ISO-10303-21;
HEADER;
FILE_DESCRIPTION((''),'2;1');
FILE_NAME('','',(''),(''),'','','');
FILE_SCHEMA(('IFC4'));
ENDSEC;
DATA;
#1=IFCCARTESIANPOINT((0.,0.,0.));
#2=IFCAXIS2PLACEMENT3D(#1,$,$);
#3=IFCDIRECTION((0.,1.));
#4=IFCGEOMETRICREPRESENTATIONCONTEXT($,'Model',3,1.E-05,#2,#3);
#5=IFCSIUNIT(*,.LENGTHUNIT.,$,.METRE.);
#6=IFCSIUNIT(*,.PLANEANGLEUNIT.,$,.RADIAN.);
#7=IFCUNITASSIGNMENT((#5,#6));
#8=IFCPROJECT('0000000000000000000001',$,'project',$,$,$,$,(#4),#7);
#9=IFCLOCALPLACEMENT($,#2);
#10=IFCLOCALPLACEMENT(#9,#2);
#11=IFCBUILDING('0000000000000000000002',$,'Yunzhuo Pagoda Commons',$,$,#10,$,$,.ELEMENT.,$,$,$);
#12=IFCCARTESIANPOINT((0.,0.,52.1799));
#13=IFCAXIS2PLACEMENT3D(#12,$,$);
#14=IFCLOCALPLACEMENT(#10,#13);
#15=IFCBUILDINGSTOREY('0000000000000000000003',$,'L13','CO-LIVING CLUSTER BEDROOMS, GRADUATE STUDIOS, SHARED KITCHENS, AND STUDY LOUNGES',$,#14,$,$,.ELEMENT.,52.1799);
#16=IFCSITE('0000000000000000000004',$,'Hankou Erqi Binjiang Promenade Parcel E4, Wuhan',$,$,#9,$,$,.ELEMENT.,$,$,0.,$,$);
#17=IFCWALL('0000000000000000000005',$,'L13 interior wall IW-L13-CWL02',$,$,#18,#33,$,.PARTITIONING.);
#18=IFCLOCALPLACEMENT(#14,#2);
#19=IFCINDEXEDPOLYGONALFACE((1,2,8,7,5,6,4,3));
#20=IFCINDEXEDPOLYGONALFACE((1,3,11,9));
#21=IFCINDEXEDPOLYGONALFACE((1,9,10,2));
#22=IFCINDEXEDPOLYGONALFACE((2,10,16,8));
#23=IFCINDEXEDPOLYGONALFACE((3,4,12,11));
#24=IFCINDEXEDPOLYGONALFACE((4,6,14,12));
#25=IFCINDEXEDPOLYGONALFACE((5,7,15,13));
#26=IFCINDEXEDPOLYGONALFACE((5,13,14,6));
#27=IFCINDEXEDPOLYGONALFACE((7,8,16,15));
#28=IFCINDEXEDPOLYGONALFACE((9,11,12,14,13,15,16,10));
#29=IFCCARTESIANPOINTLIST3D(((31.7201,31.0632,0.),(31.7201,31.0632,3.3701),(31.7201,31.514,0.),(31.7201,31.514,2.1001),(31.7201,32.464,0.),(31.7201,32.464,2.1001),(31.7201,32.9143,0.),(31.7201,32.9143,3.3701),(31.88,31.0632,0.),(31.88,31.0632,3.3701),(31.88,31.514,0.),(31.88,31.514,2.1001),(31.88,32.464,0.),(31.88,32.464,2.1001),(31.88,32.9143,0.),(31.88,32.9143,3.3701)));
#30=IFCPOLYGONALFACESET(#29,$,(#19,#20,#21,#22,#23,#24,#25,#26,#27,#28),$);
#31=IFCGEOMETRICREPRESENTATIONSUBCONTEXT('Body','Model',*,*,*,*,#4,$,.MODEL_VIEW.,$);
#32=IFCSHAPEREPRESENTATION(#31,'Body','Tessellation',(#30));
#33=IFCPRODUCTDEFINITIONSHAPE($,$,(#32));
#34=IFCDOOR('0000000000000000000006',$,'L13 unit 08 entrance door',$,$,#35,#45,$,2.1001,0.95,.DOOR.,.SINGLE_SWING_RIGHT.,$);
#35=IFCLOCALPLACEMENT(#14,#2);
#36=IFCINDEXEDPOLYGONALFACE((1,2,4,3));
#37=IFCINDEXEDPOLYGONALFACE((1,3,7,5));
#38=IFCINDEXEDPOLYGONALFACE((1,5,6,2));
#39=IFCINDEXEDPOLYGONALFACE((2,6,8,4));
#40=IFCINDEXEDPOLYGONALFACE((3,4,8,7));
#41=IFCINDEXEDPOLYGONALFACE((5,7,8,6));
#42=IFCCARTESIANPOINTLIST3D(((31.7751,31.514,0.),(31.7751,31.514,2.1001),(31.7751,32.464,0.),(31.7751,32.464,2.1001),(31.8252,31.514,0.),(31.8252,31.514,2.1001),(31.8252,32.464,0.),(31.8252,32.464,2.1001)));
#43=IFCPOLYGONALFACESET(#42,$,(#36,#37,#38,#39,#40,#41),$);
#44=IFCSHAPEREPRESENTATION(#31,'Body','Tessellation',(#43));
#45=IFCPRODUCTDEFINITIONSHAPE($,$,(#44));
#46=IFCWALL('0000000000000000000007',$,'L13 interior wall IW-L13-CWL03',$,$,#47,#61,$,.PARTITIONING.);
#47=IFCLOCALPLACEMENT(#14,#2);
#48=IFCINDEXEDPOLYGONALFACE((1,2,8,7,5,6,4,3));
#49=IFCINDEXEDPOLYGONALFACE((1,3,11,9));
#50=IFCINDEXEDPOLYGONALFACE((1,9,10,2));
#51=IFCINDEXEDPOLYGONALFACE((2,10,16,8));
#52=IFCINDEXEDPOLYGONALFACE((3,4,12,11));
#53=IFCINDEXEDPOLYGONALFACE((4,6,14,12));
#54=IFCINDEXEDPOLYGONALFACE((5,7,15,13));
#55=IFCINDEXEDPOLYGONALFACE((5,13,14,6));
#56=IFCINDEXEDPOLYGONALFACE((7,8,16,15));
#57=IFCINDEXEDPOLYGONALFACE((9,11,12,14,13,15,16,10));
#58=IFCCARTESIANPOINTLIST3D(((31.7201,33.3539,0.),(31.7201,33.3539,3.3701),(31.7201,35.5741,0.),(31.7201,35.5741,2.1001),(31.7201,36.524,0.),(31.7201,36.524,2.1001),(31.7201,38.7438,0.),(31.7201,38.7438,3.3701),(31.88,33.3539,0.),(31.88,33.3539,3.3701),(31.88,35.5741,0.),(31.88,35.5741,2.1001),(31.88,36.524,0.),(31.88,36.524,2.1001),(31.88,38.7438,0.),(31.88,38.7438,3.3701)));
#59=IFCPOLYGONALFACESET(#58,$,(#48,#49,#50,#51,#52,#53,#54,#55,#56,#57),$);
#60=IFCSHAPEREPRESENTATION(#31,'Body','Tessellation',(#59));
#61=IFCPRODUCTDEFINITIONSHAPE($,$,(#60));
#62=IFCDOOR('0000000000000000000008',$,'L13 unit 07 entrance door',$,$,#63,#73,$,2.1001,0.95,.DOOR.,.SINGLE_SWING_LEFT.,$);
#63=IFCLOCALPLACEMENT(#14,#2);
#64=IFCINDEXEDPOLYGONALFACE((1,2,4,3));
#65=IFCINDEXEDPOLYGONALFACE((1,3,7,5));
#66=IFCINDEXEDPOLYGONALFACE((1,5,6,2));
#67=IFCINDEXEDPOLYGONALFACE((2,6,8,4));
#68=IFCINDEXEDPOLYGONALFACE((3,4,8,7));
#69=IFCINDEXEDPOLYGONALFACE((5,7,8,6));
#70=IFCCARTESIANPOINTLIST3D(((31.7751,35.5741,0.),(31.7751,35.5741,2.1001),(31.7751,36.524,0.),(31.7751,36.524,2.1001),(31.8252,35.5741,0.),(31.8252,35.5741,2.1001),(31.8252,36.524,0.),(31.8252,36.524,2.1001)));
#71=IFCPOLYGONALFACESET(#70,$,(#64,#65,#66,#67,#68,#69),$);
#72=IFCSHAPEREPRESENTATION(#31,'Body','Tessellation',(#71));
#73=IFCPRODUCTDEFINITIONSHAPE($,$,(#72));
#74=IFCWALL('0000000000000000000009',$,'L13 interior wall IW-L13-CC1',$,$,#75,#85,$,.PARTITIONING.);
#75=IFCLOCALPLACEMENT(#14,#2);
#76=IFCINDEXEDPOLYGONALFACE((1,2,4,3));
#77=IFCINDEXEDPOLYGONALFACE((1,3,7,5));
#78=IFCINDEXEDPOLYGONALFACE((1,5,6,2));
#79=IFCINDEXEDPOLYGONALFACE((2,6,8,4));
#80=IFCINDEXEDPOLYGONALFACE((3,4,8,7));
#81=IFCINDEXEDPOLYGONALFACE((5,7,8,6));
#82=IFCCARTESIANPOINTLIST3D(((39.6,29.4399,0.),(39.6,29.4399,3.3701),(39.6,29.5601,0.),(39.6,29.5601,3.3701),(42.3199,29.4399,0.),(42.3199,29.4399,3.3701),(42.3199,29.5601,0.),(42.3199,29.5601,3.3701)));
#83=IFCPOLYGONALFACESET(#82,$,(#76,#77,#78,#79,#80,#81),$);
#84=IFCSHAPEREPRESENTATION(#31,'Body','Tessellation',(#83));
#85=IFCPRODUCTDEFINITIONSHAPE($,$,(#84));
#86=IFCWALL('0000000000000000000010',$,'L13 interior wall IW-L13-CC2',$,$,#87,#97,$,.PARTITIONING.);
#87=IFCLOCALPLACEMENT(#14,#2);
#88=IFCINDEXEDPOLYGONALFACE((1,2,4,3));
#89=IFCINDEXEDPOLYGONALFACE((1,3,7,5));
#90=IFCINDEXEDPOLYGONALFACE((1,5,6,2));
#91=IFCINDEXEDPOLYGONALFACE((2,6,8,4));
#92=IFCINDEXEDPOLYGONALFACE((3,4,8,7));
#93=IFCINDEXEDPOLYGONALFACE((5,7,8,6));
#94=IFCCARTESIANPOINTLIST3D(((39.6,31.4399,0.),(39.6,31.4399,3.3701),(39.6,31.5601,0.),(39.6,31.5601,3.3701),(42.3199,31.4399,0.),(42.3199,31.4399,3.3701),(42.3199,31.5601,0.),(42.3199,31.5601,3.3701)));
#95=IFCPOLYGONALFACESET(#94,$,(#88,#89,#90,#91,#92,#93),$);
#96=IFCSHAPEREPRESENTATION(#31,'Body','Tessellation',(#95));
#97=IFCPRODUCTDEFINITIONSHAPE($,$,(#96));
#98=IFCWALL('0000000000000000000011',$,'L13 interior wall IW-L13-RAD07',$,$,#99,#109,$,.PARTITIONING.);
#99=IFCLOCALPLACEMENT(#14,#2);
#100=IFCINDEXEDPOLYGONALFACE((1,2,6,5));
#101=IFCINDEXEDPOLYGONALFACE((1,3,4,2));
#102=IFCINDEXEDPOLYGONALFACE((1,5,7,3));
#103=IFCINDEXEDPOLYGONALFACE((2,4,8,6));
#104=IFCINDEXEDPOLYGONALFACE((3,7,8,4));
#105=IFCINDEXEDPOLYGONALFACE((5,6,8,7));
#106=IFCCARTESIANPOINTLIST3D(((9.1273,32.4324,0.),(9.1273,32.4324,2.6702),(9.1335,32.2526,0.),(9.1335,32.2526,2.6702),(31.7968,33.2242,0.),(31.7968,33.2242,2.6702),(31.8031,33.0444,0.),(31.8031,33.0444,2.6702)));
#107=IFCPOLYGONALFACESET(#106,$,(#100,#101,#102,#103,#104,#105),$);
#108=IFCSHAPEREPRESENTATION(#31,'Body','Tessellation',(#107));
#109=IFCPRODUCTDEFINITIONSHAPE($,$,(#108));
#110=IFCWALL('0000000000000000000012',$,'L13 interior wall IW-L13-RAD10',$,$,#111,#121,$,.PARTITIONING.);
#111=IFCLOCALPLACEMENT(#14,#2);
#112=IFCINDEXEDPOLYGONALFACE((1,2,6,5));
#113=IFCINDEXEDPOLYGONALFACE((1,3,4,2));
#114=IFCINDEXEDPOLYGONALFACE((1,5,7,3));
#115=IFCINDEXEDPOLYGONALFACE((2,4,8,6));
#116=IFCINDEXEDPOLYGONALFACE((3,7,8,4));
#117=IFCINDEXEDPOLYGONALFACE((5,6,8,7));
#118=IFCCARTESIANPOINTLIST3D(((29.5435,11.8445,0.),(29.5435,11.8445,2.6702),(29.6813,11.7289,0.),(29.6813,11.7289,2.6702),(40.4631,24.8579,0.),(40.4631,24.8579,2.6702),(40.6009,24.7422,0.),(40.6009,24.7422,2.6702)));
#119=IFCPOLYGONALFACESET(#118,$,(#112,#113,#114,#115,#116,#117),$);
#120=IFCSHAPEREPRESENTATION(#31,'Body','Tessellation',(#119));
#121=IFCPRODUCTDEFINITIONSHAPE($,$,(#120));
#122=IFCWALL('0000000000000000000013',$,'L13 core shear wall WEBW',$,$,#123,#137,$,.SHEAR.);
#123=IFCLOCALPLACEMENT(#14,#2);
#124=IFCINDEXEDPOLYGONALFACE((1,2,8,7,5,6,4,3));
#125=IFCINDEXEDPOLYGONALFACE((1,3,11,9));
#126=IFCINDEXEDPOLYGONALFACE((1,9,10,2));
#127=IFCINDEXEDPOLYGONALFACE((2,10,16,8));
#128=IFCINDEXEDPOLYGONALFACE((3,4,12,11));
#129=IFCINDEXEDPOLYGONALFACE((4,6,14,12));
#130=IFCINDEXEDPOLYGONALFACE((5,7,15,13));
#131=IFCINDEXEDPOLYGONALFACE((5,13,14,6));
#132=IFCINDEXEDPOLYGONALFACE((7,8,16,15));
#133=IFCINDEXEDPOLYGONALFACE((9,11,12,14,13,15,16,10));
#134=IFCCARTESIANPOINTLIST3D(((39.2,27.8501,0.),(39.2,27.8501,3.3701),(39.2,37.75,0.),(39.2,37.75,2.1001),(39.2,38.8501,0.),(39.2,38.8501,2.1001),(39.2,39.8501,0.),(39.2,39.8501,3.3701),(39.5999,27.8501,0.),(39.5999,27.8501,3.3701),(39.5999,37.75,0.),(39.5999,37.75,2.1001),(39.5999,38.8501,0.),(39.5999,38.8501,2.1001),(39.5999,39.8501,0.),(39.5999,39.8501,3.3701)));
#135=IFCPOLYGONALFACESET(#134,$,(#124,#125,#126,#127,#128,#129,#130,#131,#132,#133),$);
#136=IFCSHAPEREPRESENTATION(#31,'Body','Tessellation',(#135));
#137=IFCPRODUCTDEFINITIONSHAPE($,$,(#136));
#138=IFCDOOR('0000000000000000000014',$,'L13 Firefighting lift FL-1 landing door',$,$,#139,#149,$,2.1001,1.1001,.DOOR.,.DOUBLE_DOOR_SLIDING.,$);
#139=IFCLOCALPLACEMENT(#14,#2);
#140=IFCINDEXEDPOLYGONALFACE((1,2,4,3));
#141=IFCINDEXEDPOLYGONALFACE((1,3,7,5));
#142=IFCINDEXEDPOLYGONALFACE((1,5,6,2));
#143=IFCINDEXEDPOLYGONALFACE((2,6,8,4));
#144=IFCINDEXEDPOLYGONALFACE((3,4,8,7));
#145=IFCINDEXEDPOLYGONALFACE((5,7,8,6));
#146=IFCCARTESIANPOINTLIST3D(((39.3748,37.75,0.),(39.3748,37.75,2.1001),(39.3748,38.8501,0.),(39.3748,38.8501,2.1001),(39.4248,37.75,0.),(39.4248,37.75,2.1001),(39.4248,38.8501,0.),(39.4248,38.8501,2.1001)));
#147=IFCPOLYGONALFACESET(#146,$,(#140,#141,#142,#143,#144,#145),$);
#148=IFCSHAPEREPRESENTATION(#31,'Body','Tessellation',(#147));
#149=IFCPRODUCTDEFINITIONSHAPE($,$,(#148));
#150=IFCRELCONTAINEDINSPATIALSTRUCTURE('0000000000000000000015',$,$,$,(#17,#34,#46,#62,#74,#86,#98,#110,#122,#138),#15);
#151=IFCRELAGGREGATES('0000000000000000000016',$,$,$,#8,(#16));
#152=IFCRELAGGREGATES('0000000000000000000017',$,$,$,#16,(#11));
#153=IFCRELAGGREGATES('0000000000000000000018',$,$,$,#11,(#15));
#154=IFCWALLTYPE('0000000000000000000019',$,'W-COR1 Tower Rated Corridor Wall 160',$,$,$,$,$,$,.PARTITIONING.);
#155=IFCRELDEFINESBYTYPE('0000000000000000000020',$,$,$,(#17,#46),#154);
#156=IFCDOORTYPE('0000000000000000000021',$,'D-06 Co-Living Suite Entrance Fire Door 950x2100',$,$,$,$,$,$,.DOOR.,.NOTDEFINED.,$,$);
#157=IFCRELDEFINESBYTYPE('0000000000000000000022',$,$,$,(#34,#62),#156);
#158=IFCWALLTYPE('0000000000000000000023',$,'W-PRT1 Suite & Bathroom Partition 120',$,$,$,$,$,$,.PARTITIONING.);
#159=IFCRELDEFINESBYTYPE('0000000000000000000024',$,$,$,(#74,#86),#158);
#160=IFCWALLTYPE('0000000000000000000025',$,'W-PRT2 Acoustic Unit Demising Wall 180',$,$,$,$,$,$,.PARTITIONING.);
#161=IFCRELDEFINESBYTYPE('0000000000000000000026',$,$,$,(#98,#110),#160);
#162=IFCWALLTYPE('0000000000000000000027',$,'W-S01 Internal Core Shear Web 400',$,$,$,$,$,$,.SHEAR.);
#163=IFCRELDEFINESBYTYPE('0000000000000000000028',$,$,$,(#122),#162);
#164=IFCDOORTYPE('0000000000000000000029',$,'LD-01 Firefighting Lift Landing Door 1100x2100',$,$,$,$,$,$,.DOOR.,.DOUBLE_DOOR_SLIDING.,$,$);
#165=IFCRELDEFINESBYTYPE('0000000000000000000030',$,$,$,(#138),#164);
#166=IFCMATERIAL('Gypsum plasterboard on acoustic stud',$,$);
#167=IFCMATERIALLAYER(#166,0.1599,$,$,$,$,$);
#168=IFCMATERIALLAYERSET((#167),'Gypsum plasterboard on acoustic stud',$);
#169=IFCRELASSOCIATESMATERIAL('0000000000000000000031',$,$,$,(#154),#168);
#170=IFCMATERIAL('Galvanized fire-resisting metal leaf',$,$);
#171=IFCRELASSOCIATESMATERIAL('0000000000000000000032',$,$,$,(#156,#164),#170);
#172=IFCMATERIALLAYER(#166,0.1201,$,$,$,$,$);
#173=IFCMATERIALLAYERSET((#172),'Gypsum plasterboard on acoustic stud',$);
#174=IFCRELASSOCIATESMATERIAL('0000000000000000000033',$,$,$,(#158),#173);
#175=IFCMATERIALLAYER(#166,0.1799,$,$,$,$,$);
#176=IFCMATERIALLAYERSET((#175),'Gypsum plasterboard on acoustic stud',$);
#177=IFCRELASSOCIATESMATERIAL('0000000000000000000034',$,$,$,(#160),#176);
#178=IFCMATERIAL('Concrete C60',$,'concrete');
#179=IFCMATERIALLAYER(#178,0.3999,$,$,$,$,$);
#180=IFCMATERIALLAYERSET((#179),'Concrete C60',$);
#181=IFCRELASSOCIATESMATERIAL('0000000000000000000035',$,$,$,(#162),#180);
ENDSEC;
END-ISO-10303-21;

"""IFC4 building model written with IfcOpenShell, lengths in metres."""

from ifc_helpers import new_model, si_unit, direction, frame, frame_2d, origin, origin_with_axes, place, context, subcontext, project, spatial, rectangle, extrude, source, transform, mapped, material, layer, layer_set, type_object, element, fill, save


model = new_model("IFC4")

# Units and contexts
model_context = context("Model", 3, precision=1e-05, world=origin(), true_north=direction((0.0, 1.0)))
body_context = subcontext(model_context, "Body", "Model", "MODEL_VIEW")
ifc_project = project(units=[si_unit("LENGTHUNIT", "METRE"), si_unit("PLANEANGLEUNIT", "RADIAN")], contexts=[model_context])

# Site, building, storey
site_placement = place(None, origin())
site = spatial("IfcSite", under=ifc_project, at=site_placement, Name="Hankou Erqi Binjiang Promenade Parcel E4, Wuhan", CompositionType="ELEMENT", RefElevation=0.0)
building_placement = place(site_placement, origin())
building = spatial("IfcBuilding", under=site, at=building_placement, Name="Yunzhuo Pagoda Commons", CompositionType="ELEMENT")
storey_placement = place(building_placement, frame((0.0, 0.0, 52.1799)))
storey = spatial("IfcBuildingStorey", under=building, at=storey_placement, Name="L13", Description="CO-LIVING CLUSTER BEDROOMS, GRADUATE STUDIOS, SHARED KITCHENS, AND STUDY LOUNGES", CompositionType="ELEMENT", Elevation=52.1799)

# Shared definitions
ifc_material_1 = material(Name="Concrete C60", Category="concrete")

# Shared definitions
ifc_material_2 = material(Name="Gypsum plasterboard on acoustic stud")
ifc_layer_1 = layer(ifc_material_2, 0.1599)
ifc_layer_set_1 = layer_set([ifc_layer_1], Name="Gypsum plasterboard on acoustic stud")
wall_type_1 = type_object("IfcWallType", Name="W-COR1 Tower Rated Corridor Wall 160", PredefinedType="PARTITIONING", material=ifc_layer_set_1)
ifc_material_3 = material(Name="Galvanized fire-resisting metal leaf")

# Walls, openings, doors
wall_1_placement = place(storey_placement, frame((31.8, 31.0632, 0.0), z_axis=(0.0, 0.0, 1.0), x_axis=(0.0, 1.0, 0.0)))
wall_1 = element("IfcWall", 1, at=wall_1_placement, inside=storey, type_object=wall_type_1, Name="L13 interior wall IW-L13-CWL02", PredefinedType="PARTITIONING", context=body_context, shape_type="SweptSolid", body=[
    extrude(rectangle(XDim=1.8511, YDim=0.1599, at=frame_2d((0.9255, 0.0))), origin(), (0.0, 0.0, 1.0), 3.3701),
])
opening_1_placement = place(wall_1_placement, frame((0.4507, 0.0, 0.0)))
opening_1 = element("IfcOpeningElement", 2, at=opening_1_placement, cuts=wall_1, PredefinedType="OPENING", context=body_context, shape_type="SweptSolid", body=[
    extrude(rectangle(XDim=0.95, YDim=2.1001, at=frame_2d((0.4751, 1.05))), frame((0.0, 0.0898, 0.0), z_axis=(0.0, -1.0, 0.0), x_axis=(1.0, 0.0, 0.0)), (0.0, 0.0, 1.0), 0.1799),
])
door_type_1 = type_object("IfcDoorType", Name="D-06 Co-Living Suite Entrance Fire Door 950x2100", OperationType="NOTDEFINED", PredefinedType="DOOR", material=ifc_material_3)
shared_shape_1 = source(origin(), body_context, "Body", "SweptSolid", [
    extrude(rectangle(XDim=0.95, YDim=2.1001, at=frame_2d((0.4751, 1.05))), frame((0.0, 0.0249, 0.0), z_axis=(0.0, -1.0, 0.0), x_axis=(1.0, 0.0, 0.0)), (0.0, 0.0, 1.0), 0.05),
])
door_1_placement = place(opening_1_placement, origin_with_axes())
door_1 = element("IfcDoor", 3, at=door_1_placement, inside=storey, type_object=door_type_1, Name="L13 unit 08 entrance door", OperationType="SINGLE_SWING_RIGHT", OverallHeight=2.1001, OverallWidth=0.95, PredefinedType="DOOR", context=body_context, shape_type="MappedRepresentation", body=[
    mapped(shared_shape_1, transform((0.0, 0.0, 0.0), scale=1.0)),
])
fill(opening_1, door_1)
wall_2_placement = place(storey_placement, frame((31.8, 33.354, 0.0), z_axis=(0.0, 0.0, 1.0), x_axis=(0.0, 1.0, 0.0)))
wall_2 = element("IfcWall", 4, at=wall_2_placement, inside=storey, type_object=wall_type_1, Name="L13 interior wall IW-L13-CWL03", PredefinedType="PARTITIONING", context=body_context, shape_type="SweptSolid", body=[
    extrude(rectangle(XDim=5.3899, YDim=0.1599, at=frame_2d((2.6948, 0.0))), origin(), (0.0, 0.0, 1.0), 3.3701),
])
opening_2_placement = place(wall_2_placement, frame((2.22, 0.0, 0.0)))
opening_2 = element("IfcOpeningElement", 5, at=opening_2_placement, cuts=wall_2, PredefinedType="OPENING", context=body_context, shape_type="SweptSolid", body=[
    extrude(rectangle(XDim=0.95, YDim=2.1001, at=frame_2d((0.4751, 1.05))), frame((0.0, 0.0898, 0.0), z_axis=(0.0, -1.0, 0.0), x_axis=(1.0, 0.0, 0.0)), (0.0, 0.0, 1.0), 0.1799),
])
door_2_placement = place(opening_2_placement, origin_with_axes())
door_2 = element("IfcDoor", 6, at=door_2_placement, inside=storey, type_object=door_type_1, Name="L13 unit 07 entrance door", OperationType="SINGLE_SWING_LEFT", OverallHeight=2.1001, OverallWidth=0.95, PredefinedType="DOOR", context=body_context, shape_type="MappedRepresentation", body=[
    mapped(shared_shape_1, transform((0.0, 0.0, 0.0), scale=1.0)),
])
fill(opening_2, door_2)

# Walls
ifc_layer_2 = layer(ifc_material_2, 0.1201)
ifc_layer_set_2 = layer_set([ifc_layer_2], Name="Gypsum plasterboard on acoustic stud")
wall_type_2 = type_object("IfcWallType", Name="W-PRT1 Suite & Bathroom Partition 120", PredefinedType="PARTITIONING", material=ifc_layer_set_2)
for number, where, z_axis, x_axis, name in (
    (7, (39.6001, 29.5, 0.0), (0.0, 0.0, 1.0), (1.0, 0.0, 0.0), "L13 interior wall IW-L13-CC1"),
    (8, (39.6001, 31.5, 0.0), (0.0, 0.0, 1.0), (1.0, 0.0, 0.0), "L13 interior wall IW-L13-CC2"),
):
    element("IfcWall", number, at=place(storey_placement, frame(where, z_axis=z_axis, x_axis=x_axis)), inside=storey, type_object=wall_type_2, Name=name, PredefinedType="PARTITIONING", context=body_context, shape_type="SweptSolid", body=[
        extrude(rectangle(XDim=2.72, YDim=0.1201, at=frame_2d((1.3599, 0.0))), origin(), (0.0, 0.0, 1.0), 3.3701),
    ])
ifc_layer_3 = layer(ifc_material_2, 0.1799)
ifc_layer_set_3 = layer_set([ifc_layer_3], Name="Gypsum plasterboard on acoustic stud")
wall_type_3 = type_object("IfcWallType", Name="W-PRT2 Acoustic Unit Demising Wall 180", PredefinedType="PARTITIONING", material=ifc_layer_set_3)
wall_3_placement = place(storey_placement, frame((31.8, 33.1343, 0.0), z_axis=(0.0, 0.0, 1.0), x_axis=(-0.999391, -0.034905, 0.0)))
element("IfcWall", 9, at=wall_3_placement, inside=storey, type_object=wall_type_3, Name="L13 interior wall IW-L13-RAD07", PredefinedType="PARTITIONING", context=body_context, shape_type="SweptSolid", body=[
    extrude(rectangle(XDim=22.6833, YDim=0.1799, at=frame_2d((11.3418, 0.0))), origin(), (0.0, 0.0, 1.0), 2.6702),
])
wall_4_placement = place(storey_placement, frame((40.532, 24.8, 0.0), z_axis=(0.0, 0.0, 1.0), x_axis=(-0.642792, -0.766041, 0.0)))
element("IfcWall", 10, at=wall_4_placement, inside=storey, type_object=wall_type_3, Name="L13 interior wall IW-L13-RAD10", PredefinedType="PARTITIONING", context=body_context, shape_type="SweptSolid", body=[
    extrude(rectangle(XDim=16.9878, YDim=0.1799, at=frame_2d((8.4939, 0.0))), origin(), (0.0, 0.0, 1.0), 2.6702),
])

# Wall, opening, door
ifc_layer_4 = layer(ifc_material_1, 0.3999)
ifc_layer_set_4 = layer_set([ifc_layer_4], Name="Concrete C60")
wall_type_4 = type_object("IfcWallType", Name="W-S01 Internal Core Shear Web 400", PredefinedType="SHEAR", material=ifc_layer_set_4)
wall_5_placement = place(storey_placement, frame((39.3999, 27.8501, 0.0), z_axis=(0.0, 0.0, 1.0), x_axis=(0.0, 1.0, 0.0)))
wall_5 = element("IfcWall", 11, at=wall_5_placement, inside=storey, type_object=wall_type_4, Name="L13 core shear wall WEBW", PredefinedType="SHEAR", context=body_context, shape_type="SweptSolid", body=[
    extrude(rectangle(XDim=12.0, YDim=0.3999, at=frame_2d((6.0, 0.0))), origin(), (0.0, 0.0, 1.0), 3.3701),
])
opening_3_placement = place(wall_5_placement, frame((9.8999, 0.0, 0.0)))
opening_3 = element("IfcOpeningElement", 12, at=opening_3_placement, cuts=wall_5, PredefinedType="OPENING", context=body_context, shape_type="SweptSolid", body=[
    extrude(rectangle(XDim=1.1001, YDim=2.1001, at=frame_2d((0.55, 1.05))), frame((0.0, 0.21, 0.0), z_axis=(0.0, -1.0, 0.0), x_axis=(1.0, 0.0, 0.0)), (0.0, 0.0, 1.0), 0.4199),
])
door_type_2 = type_object("IfcDoorType", Name="LD-01 Firefighting Lift Landing Door 1100x2100", OperationType="DOUBLE_DOOR_SLIDING", PredefinedType="DOOR", material=ifc_material_3)
shared_shape_2 = source(origin(), body_context, "Body", "SweptSolid", [
    extrude(rectangle(XDim=1.1001, YDim=2.1001, at=frame_2d((0.55, 1.05))), frame((0.0, 0.0249, 0.0), z_axis=(0.0, -1.0, 0.0), x_axis=(1.0, 0.0, 0.0)), (0.0, 0.0, 1.0), 0.05),
])
door_3_placement = place(opening_3_placement, frame((1.1001, 0.0, 0.0), z_axis=(0.0, 0.0, 1.0), x_axis=(-1.0, 0.0, 0.0)))
door_3 = element("IfcDoor", 13, at=door_3_placement, inside=storey, type_object=door_type_2, Name="L13 Firefighting lift FL-1 landing door", OperationType="DOUBLE_DOOR_SLIDING", OverallHeight=2.1001, OverallWidth=1.1001, PredefinedType="DOOR", context=body_context, shape_type="MappedRepresentation", body=[
    mapped(shared_shape_2, transform((0.0, 0.0, 0.0), scale=1.0)),
])
fill(opening_3, door_3)

save(model, "model.ifc")
